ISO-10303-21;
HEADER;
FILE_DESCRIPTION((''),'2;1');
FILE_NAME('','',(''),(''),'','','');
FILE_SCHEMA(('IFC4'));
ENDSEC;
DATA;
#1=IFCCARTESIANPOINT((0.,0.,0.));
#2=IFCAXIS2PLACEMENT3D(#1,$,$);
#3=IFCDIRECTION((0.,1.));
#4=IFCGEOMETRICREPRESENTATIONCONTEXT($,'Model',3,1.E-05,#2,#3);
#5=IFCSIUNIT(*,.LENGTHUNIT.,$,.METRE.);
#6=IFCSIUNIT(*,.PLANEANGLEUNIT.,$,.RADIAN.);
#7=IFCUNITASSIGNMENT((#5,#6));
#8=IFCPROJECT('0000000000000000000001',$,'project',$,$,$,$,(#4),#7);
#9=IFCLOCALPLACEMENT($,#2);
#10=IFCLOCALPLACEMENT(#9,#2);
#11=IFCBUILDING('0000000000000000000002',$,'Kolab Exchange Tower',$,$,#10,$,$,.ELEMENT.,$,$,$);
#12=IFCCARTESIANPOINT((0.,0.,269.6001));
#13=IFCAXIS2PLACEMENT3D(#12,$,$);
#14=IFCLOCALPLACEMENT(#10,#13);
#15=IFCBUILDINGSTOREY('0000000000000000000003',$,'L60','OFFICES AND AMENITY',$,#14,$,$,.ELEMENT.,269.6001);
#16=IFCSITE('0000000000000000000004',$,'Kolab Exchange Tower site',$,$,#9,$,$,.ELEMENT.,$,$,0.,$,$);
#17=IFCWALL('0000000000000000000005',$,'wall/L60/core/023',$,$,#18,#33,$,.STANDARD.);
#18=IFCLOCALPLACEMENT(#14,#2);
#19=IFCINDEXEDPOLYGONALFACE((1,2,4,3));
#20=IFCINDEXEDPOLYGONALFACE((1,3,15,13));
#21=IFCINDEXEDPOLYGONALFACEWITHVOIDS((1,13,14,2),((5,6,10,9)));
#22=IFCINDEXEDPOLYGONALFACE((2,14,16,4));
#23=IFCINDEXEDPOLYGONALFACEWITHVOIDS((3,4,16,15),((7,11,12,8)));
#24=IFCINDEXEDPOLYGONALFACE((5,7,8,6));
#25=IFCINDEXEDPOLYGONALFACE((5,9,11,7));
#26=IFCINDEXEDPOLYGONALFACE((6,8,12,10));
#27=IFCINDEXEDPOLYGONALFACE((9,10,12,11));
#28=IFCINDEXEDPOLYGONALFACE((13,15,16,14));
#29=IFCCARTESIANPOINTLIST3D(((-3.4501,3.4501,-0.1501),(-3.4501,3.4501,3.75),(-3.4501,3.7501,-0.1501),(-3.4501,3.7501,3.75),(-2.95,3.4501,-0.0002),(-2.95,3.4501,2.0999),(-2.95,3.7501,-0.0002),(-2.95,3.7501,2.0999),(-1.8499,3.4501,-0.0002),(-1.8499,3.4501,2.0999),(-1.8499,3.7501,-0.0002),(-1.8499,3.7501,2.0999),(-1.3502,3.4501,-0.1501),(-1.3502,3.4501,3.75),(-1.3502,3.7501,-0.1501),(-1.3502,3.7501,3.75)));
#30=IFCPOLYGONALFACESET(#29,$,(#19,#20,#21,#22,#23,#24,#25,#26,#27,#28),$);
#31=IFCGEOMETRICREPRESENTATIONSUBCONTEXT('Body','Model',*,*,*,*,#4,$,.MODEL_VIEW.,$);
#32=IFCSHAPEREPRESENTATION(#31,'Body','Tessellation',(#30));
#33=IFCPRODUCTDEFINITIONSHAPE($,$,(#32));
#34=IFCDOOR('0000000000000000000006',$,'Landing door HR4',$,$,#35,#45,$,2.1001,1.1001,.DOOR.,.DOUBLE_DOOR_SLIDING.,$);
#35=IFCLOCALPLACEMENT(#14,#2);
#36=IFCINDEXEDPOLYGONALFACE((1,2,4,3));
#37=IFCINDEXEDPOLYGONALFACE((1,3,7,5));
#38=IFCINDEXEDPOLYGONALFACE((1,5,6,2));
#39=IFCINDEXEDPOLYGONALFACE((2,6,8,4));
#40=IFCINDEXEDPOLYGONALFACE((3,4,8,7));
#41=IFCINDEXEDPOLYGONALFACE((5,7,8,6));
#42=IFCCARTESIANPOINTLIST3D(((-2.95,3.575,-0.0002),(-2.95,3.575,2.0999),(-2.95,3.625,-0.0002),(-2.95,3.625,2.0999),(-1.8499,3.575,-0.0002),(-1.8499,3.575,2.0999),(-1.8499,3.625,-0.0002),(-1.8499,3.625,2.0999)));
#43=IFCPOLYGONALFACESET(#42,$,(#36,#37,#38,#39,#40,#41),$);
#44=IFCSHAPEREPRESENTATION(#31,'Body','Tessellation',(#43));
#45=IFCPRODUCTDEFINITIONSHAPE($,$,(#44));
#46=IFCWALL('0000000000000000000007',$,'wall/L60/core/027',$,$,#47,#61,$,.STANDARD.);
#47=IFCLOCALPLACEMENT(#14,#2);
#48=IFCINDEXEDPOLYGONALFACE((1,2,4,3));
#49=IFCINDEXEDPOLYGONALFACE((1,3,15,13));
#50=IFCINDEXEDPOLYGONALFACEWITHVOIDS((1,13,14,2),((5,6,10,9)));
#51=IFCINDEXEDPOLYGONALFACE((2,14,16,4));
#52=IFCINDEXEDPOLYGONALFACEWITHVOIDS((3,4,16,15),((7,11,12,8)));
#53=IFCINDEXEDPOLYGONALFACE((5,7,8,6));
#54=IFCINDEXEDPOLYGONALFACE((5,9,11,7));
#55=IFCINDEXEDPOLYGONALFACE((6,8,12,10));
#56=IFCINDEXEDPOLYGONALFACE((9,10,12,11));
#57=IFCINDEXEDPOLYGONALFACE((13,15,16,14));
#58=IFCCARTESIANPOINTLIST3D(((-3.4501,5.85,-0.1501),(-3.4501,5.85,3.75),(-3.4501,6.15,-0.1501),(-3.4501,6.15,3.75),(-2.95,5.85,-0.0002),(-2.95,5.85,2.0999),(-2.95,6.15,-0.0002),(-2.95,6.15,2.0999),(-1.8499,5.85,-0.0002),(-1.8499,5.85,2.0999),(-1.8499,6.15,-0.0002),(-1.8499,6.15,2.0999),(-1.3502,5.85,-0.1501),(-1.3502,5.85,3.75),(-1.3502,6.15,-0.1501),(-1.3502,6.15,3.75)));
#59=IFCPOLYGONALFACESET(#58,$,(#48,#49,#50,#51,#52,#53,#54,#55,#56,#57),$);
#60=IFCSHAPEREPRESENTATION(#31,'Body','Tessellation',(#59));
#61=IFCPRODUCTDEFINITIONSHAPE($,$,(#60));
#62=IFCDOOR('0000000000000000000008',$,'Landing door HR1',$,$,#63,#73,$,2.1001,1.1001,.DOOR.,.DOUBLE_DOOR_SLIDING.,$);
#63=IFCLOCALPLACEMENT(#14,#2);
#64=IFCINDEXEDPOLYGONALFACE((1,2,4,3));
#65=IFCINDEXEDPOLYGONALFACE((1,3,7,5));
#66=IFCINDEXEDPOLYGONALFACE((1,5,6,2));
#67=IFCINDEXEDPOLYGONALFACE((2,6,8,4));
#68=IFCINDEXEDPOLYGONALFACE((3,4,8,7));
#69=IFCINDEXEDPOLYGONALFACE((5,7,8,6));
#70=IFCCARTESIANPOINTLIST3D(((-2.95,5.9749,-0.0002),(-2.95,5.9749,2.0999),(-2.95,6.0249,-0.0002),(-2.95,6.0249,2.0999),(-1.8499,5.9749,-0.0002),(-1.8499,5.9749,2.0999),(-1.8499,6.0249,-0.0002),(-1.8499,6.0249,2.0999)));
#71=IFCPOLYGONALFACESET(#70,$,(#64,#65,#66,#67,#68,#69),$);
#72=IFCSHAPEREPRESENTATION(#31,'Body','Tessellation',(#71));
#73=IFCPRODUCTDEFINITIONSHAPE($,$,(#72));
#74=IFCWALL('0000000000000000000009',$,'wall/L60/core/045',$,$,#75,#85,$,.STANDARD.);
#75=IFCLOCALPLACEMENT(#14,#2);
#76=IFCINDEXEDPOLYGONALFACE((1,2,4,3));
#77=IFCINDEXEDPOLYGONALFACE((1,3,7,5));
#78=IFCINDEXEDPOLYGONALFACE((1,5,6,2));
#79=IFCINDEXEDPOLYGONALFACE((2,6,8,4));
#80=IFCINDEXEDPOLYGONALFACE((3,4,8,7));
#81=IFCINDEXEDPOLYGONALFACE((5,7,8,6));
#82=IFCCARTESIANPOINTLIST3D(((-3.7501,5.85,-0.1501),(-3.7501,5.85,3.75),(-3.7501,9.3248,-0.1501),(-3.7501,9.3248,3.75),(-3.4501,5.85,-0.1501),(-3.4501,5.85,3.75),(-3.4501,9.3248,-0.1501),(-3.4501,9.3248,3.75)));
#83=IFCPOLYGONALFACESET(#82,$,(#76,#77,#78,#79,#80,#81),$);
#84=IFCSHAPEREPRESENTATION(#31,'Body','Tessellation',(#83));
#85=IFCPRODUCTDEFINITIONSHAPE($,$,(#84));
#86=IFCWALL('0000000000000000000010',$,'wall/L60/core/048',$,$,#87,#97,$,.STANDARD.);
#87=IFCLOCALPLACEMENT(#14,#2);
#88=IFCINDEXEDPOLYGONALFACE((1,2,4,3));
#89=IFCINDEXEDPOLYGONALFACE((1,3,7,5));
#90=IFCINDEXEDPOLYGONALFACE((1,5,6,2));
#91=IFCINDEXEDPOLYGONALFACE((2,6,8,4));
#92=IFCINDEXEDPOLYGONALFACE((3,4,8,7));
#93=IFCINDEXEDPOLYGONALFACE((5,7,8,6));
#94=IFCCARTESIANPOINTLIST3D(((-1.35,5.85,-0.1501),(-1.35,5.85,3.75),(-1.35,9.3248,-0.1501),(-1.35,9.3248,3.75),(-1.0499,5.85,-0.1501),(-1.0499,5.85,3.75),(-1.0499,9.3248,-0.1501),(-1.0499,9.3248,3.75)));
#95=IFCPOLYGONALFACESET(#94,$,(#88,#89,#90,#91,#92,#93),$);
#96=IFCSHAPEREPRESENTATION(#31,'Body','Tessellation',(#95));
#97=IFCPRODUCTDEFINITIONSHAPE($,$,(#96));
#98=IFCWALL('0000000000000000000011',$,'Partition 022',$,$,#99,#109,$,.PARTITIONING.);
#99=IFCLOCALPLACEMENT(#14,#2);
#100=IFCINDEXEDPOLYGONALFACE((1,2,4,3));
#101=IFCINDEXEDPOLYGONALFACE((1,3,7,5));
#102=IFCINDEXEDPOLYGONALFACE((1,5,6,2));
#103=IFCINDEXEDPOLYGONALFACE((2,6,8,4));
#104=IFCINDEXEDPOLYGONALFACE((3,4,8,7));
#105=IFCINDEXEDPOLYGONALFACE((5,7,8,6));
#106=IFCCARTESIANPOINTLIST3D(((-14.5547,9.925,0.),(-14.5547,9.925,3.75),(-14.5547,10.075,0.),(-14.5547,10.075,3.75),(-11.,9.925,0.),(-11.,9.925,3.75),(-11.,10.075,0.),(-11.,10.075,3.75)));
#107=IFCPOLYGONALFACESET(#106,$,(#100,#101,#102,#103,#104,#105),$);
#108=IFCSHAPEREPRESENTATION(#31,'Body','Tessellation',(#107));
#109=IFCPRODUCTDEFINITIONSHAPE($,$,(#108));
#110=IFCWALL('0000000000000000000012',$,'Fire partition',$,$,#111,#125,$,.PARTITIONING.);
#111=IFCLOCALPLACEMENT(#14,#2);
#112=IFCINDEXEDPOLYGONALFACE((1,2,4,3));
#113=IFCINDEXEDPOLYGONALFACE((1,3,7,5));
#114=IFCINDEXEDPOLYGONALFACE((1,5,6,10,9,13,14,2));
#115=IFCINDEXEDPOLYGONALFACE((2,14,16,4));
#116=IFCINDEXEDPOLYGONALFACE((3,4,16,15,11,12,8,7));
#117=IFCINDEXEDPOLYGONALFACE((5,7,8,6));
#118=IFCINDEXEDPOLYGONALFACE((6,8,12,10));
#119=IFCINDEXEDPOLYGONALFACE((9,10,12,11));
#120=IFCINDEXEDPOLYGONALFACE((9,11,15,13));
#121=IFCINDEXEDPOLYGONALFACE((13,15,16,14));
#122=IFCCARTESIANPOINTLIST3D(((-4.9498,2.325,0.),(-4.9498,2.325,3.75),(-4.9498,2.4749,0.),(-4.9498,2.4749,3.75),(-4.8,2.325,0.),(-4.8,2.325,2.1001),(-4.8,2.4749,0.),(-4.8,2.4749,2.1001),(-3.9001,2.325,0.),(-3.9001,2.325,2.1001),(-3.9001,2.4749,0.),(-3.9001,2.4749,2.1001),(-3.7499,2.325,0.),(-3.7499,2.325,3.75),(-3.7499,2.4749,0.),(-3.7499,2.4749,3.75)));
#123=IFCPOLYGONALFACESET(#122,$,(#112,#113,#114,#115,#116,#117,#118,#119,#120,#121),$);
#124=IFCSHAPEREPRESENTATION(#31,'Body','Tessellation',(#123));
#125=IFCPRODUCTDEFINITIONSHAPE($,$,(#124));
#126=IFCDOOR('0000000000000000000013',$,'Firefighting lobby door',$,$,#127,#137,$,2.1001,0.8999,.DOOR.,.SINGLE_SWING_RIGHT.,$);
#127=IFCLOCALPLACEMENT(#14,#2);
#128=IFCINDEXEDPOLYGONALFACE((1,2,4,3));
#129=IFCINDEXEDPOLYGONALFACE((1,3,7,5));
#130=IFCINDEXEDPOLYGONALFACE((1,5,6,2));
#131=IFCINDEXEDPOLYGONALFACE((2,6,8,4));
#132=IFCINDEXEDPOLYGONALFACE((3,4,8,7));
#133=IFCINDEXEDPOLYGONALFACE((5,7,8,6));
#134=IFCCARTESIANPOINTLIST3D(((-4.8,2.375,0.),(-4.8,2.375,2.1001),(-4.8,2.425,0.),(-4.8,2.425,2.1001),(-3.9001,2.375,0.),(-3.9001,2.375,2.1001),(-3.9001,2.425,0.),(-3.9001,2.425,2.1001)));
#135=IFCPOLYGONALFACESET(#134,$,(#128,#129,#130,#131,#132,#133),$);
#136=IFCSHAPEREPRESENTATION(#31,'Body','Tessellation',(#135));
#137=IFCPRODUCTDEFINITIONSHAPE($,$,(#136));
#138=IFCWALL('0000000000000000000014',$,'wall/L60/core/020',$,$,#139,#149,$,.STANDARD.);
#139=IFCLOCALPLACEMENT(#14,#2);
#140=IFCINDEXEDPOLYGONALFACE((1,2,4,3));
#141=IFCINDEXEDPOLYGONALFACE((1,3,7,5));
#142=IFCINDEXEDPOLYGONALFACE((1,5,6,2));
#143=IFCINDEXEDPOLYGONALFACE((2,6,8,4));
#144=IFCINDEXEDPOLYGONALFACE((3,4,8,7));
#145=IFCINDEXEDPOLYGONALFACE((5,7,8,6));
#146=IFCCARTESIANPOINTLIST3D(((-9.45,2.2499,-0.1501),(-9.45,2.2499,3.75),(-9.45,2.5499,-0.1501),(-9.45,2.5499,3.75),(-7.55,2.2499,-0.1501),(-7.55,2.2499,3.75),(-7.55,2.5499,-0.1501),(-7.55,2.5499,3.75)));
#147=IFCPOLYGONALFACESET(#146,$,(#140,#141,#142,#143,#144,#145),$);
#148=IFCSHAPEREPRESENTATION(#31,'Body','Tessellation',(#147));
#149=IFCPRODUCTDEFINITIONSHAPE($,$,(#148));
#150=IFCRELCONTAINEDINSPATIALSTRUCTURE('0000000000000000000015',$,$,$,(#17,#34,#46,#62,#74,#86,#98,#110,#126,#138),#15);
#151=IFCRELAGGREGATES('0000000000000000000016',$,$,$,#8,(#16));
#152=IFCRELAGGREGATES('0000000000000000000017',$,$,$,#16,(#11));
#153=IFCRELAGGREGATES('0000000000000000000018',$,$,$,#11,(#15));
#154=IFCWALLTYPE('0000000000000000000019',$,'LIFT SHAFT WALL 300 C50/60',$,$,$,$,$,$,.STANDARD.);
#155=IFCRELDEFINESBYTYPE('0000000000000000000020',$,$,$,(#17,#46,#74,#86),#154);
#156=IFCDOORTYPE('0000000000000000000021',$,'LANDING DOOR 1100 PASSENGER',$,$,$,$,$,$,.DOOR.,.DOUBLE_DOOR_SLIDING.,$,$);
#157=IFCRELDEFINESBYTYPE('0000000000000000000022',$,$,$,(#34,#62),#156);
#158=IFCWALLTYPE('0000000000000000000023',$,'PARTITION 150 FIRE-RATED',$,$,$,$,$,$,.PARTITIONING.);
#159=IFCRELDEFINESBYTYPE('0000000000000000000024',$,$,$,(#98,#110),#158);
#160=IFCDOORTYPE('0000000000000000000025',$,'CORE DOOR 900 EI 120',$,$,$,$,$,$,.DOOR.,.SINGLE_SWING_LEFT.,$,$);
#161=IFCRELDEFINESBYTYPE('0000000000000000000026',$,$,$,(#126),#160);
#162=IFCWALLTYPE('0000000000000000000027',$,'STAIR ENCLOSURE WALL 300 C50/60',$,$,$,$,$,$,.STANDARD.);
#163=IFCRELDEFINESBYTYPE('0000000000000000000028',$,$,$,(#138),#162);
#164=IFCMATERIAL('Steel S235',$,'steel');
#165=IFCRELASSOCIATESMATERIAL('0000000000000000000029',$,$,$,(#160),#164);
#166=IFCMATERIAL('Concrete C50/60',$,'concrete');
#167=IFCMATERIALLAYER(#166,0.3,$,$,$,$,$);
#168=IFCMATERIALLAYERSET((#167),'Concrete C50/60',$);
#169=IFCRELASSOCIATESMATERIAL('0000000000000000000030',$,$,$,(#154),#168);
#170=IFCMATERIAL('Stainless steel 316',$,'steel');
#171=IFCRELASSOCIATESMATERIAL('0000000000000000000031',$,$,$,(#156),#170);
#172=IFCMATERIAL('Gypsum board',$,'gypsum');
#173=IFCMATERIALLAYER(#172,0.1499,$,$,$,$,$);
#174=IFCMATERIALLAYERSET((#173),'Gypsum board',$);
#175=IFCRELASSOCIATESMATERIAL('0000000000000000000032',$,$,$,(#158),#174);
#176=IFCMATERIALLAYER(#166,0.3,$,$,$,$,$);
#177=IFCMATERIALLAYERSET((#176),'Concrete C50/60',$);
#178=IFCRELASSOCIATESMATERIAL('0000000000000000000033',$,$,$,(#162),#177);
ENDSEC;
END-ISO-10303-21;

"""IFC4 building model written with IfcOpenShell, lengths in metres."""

from ifc_helpers import new_model, si_unit, direction, frame, frame_2d, origin, place, context, subcontext, project, spatial, rectangle, extrude, material, layer, layer_set, type_object, element, fill, save


model = new_model("IFC4")

# Units and contexts
model_context = context("Model", 3, precision=1e-05, world=origin(), true_north=direction((0.0, 1.0)))
body_context = subcontext(model_context, "Body", "Model", "MODEL_VIEW")
ifc_project = project(units=[si_unit("LENGTHUNIT", "METRE"), si_unit("PLANEANGLEUNIT", "RADIAN")], contexts=[model_context])

# Site, building, storey
site_placement = place(None, origin())
site = spatial("IfcSite", under=ifc_project, at=site_placement, Name="Kolab Exchange Tower site", CompositionType="ELEMENT", RefElevation=0.0)
building_placement = place(site_placement, origin())
building = spatial("IfcBuilding", under=site, at=building_placement, Name="Kolab Exchange Tower", CompositionType="ELEMENT")
storey_placement = place(building_placement, frame((0.0, 0.0, 269.6001)))
storey = spatial("IfcBuildingStorey", under=building, at=storey_placement, Name="L60", Description="OFFICES AND AMENITY", CompositionType="ELEMENT", Elevation=269.6001)

# Shared definitions
ifc_material_1 = material(Name="Concrete C50/60", Category="concrete")
ifc_material_2 = material(Name="Steel S235", Category="steel")
door_type_1 = type_object("IfcDoorType", Name="CORE DOOR 900 EI 120", OperationType="SINGLE_SWING_LEFT", PredefinedType="DOOR", material=ifc_material_2)

# Shared definitions
ifc_layer_1 = layer(ifc_material_1, 0.3)
ifc_layer_set_1 = layer_set([ifc_layer_1], Name="Concrete C50/60")
wall_type_1 = type_object("IfcWallType", Name="LIFT SHAFT WALL 300 C50/60", PredefinedType="STANDARD", material=ifc_layer_set_1)

# Walls, openings, doors
wall_1_placement = place(storey_placement, frame((-3.45, 3.6001, -0.1501), z_axis=(0.0, 0.0, 1.0), x_axis=(1.0, 0.0, 0.0)))
wall_1 = element("IfcWall", 1, at=wall_1_placement, inside=storey, type_object=wall_type_1, Name="wall/L60/core/023", PredefinedType="STANDARD", context=body_context, shape_type="SweptSolid", body=[
    extrude(rectangle(XDim=2.0999, YDim=0.3, at=frame_2d((1.0498, 0.0))), origin(), (0.0, 0.0, 1.0), 3.9001),
])
opening_1_placement = place(wall_1_placement, frame((0.5, 0.0, 0.1499)))
opening_1 = element("IfcOpeningElement", 2, at=opening_1_placement, cuts=wall_1, PredefinedType="OPENING", context=body_context, shape_type="SweptSolid", body=[
    extrude(rectangle(XDim=1.1001, YDim=2.1001, at=frame_2d((0.55, 1.05))), frame((0.0, 0.1602, 0.0), z_axis=(0.0, -1.0, 0.0), x_axis=(1.0, 0.0, 0.0)), (0.0, 0.0, 1.0), 0.3201),
])
ifc_material_3 = material(Name="Stainless steel 316", Category="steel")
door_type_2 = type_object("IfcDoorType", Name="LANDING DOOR 1100 PASSENGER", OperationType="DOUBLE_DOOR_SLIDING", PredefinedType="DOOR", material=ifc_material_3)
door_1_placement = place(opening_1_placement, origin())
door_1 = element("IfcDoor", 3, at=door_1_placement, inside=storey, type_object=door_type_2, Name="Landing door HR4", OperationType="DOUBLE_DOOR_SLIDING", OverallHeight=2.1001, OverallWidth=1.1001, PredefinedType="DOOR", context=body_context, shape_type="SweptSolid", body=[
    extrude(rectangle(XDim=1.1001, YDim=2.1001, at=frame_2d((0.55, 1.05))), frame((0.0, 0.0249, 0.0), z_axis=(0.0, -1.0, 0.0), x_axis=(1.0, 0.0, 0.0)), (0.0, 0.0, 1.0), 0.05),
])
fill(opening_1, door_1)
wall_2_placement = place(storey_placement, frame((-3.45, 6.0, -0.1501), z_axis=(0.0, 0.0, 1.0), x_axis=(1.0, 0.0, 0.0)))
wall_2 = element("IfcWall", 4, at=wall_2_placement, inside=storey, type_object=wall_type_1, Name="wall/L60/core/027", PredefinedType="STANDARD", context=body_context, shape_type="SweptSolid", body=[
    extrude(rectangle(XDim=2.0999, YDim=0.3, at=frame_2d((1.0498, 0.0))), origin(), (0.0, 0.0, 1.0), 3.9001),
])
opening_2_placement = place(wall_2_placement, frame((0.5, 0.0, 0.1499)))
opening_2 = element("IfcOpeningElement", 5, at=opening_2_placement, cuts=wall_2, PredefinedType="OPENING", context=body_context, shape_type="SweptSolid", body=[
    extrude(rectangle(XDim=1.1001, YDim=2.1001, at=frame_2d((0.55, 1.05))), frame((0.0, 0.1602, 0.0), z_axis=(0.0, -1.0, 0.0), x_axis=(1.0, 0.0, 0.0)), (0.0, 0.0, 1.0), 0.3201),
])
door_2_placement = place(opening_2_placement, origin())
door_2 = element("IfcDoor", 6, at=door_2_placement, inside=storey, type_object=door_type_2, Name="Landing door HR1", OperationType="DOUBLE_DOOR_SLIDING", OverallHeight=2.1001, OverallWidth=1.1001, PredefinedType="DOOR", context=body_context, shape_type="SweptSolid", body=[
    extrude(rectangle(XDim=1.1001, YDim=2.1001, at=frame_2d((0.55, 1.05))), frame((0.0, 0.0249, 0.0), z_axis=(0.0, -1.0, 0.0), x_axis=(1.0, 0.0, 0.0)), (0.0, 0.0, 1.0), 0.05),
])
fill(opening_2, door_2)

# Walls
for number, where, z_axis, x_axis, name in (
    (7, (-3.6001, 5.8501, -0.1501), (0.0, 0.0, 1.0), (0.0, 1.0, 0.0), "wall/L60/core/045"),
    (8, (-1.2, 5.8501, -0.1501), (0.0, 0.0, 1.0), (0.0, 1.0, 0.0), "wall/L60/core/048"),
):
    element("IfcWall", number, at=place(storey_placement, frame(where, z_axis=z_axis, x_axis=x_axis)), inside=storey, type_object=wall_type_1, Name=name, PredefinedType="STANDARD", context=body_context, shape_type="SweptSolid", body=[
        extrude(rectangle(XDim=3.4749, YDim=0.3, at=frame_2d((1.7373, 0.0))), origin(), (0.0, 0.0, 1.0), 3.9001),
    ])
ifc_material_4 = material(Name="Gypsum board", Category="gypsum")
ifc_layer_2 = layer(ifc_material_4, 0.1499)
ifc_layer_set_2 = layer_set([ifc_layer_2], Name="Gypsum board")
wall_type_2 = type_object("IfcWallType", Name="PARTITION 150 FIRE-RATED", PredefinedType="PARTITIONING", material=ifc_layer_set_2)
wall_3_placement = place(storey_placement, frame((-14.5547, 10.0, 0.0), z_axis=(0.0, 0.0, 1.0), x_axis=(1.0, 0.0, 0.0)))
element("IfcWall", 9, at=wall_3_placement, inside=storey, type_object=wall_type_2, Name="Partition 022", PredefinedType="PARTITIONING", context=body_context, shape_type="SweptSolid", body=[
    extrude(rectangle(XDim=3.5547, YDim=0.1499, at=frame_2d((1.7773, 0.0))), origin(), (0.0, 0.0, 1.0), 3.75),
])

# Wall, opening, door
wall_4_placement = place(storey_placement, frame((-4.95, 2.3999, 0.0), z_axis=(0.0, 0.0, 1.0), x_axis=(1.0, 0.0, 0.0)))
wall_4 = element("IfcWall", 10, at=wall_4_placement, inside=storey, type_object=wall_type_2, Name="Fire partition", PredefinedType="PARTITIONING", context=body_context, shape_type="SweptSolid", body=[
    extrude(rectangle(XDim=1.2, YDim=0.1499, at=frame_2d((0.6001, 0.0))), origin(), (0.0, 0.0, 1.0), 3.75),
])
opening_3_placement = place(wall_4_placement, frame((0.1499, 0.0, 0.0)))
opening_3 = element("IfcOpeningElement", 11, at=opening_3_placement, cuts=wall_4, PredefinedType="OPENING", context=body_context, shape_type="SweptSolid", body=[
    extrude(rectangle(XDim=0.8999, YDim=2.1001, at=frame_2d((0.45, 1.05))), frame((0.0, 0.085, 0.0), z_axis=(0.0, -1.0, 0.0), x_axis=(1.0, 0.0, 0.0)), (0.0, 0.0, 1.0), 0.1699),
])
door_3_placement = place(opening_3_placement, frame((0.8999, 0.0, 0.0), z_axis=(0.0, 0.0, 1.0), x_axis=(-1.0, 0.0, 0.0)))
door_3 = element("IfcDoor", 12, at=door_3_placement, inside=storey, type_object=door_type_1, Name="Firefighting lobby door", OperationType="SINGLE_SWING_RIGHT", OverallHeight=2.1001, OverallWidth=0.8999, PredefinedType="DOOR", context=body_context, shape_type="SweptSolid", body=[
    extrude(rectangle(XDim=0.8999, YDim=2.1001, at=frame_2d((0.45, 1.05))), frame((0.0, 0.0249, 0.0), z_axis=(0.0, -1.0, 0.0), x_axis=(1.0, 0.0, 0.0)), (0.0, 0.0, 1.0), 0.05),
])
fill(opening_3, door_3)

# Wall
ifc_layer_3 = layer(ifc_material_1, 0.3)
ifc_layer_set_3 = layer_set([ifc_layer_3], Name="Concrete C50/60")
wall_type_3 = type_object("IfcWallType", Name="STAIR ENCLOSURE WALL 300 C50/60", PredefinedType="STANDARD", material=ifc_layer_set_3)
wall_5_placement = place(storey_placement, frame((-9.45, 2.3999, -0.1501), z_axis=(0.0, 0.0, 1.0), x_axis=(1.0, 0.0, 0.0)))
element("IfcWall", 13, at=wall_5_placement, inside=storey, type_object=wall_type_3, Name="wall/L60/core/020", PredefinedType="STANDARD", context=body_context, shape_type="SweptSolid", body=[
    extrude(rectangle(XDim=1.8999, YDim=0.3, at=frame_2d((0.95, 0.0))), origin(), (0.0, 0.0, 1.0), 3.9001),
])

save(model, "model.ifc")
